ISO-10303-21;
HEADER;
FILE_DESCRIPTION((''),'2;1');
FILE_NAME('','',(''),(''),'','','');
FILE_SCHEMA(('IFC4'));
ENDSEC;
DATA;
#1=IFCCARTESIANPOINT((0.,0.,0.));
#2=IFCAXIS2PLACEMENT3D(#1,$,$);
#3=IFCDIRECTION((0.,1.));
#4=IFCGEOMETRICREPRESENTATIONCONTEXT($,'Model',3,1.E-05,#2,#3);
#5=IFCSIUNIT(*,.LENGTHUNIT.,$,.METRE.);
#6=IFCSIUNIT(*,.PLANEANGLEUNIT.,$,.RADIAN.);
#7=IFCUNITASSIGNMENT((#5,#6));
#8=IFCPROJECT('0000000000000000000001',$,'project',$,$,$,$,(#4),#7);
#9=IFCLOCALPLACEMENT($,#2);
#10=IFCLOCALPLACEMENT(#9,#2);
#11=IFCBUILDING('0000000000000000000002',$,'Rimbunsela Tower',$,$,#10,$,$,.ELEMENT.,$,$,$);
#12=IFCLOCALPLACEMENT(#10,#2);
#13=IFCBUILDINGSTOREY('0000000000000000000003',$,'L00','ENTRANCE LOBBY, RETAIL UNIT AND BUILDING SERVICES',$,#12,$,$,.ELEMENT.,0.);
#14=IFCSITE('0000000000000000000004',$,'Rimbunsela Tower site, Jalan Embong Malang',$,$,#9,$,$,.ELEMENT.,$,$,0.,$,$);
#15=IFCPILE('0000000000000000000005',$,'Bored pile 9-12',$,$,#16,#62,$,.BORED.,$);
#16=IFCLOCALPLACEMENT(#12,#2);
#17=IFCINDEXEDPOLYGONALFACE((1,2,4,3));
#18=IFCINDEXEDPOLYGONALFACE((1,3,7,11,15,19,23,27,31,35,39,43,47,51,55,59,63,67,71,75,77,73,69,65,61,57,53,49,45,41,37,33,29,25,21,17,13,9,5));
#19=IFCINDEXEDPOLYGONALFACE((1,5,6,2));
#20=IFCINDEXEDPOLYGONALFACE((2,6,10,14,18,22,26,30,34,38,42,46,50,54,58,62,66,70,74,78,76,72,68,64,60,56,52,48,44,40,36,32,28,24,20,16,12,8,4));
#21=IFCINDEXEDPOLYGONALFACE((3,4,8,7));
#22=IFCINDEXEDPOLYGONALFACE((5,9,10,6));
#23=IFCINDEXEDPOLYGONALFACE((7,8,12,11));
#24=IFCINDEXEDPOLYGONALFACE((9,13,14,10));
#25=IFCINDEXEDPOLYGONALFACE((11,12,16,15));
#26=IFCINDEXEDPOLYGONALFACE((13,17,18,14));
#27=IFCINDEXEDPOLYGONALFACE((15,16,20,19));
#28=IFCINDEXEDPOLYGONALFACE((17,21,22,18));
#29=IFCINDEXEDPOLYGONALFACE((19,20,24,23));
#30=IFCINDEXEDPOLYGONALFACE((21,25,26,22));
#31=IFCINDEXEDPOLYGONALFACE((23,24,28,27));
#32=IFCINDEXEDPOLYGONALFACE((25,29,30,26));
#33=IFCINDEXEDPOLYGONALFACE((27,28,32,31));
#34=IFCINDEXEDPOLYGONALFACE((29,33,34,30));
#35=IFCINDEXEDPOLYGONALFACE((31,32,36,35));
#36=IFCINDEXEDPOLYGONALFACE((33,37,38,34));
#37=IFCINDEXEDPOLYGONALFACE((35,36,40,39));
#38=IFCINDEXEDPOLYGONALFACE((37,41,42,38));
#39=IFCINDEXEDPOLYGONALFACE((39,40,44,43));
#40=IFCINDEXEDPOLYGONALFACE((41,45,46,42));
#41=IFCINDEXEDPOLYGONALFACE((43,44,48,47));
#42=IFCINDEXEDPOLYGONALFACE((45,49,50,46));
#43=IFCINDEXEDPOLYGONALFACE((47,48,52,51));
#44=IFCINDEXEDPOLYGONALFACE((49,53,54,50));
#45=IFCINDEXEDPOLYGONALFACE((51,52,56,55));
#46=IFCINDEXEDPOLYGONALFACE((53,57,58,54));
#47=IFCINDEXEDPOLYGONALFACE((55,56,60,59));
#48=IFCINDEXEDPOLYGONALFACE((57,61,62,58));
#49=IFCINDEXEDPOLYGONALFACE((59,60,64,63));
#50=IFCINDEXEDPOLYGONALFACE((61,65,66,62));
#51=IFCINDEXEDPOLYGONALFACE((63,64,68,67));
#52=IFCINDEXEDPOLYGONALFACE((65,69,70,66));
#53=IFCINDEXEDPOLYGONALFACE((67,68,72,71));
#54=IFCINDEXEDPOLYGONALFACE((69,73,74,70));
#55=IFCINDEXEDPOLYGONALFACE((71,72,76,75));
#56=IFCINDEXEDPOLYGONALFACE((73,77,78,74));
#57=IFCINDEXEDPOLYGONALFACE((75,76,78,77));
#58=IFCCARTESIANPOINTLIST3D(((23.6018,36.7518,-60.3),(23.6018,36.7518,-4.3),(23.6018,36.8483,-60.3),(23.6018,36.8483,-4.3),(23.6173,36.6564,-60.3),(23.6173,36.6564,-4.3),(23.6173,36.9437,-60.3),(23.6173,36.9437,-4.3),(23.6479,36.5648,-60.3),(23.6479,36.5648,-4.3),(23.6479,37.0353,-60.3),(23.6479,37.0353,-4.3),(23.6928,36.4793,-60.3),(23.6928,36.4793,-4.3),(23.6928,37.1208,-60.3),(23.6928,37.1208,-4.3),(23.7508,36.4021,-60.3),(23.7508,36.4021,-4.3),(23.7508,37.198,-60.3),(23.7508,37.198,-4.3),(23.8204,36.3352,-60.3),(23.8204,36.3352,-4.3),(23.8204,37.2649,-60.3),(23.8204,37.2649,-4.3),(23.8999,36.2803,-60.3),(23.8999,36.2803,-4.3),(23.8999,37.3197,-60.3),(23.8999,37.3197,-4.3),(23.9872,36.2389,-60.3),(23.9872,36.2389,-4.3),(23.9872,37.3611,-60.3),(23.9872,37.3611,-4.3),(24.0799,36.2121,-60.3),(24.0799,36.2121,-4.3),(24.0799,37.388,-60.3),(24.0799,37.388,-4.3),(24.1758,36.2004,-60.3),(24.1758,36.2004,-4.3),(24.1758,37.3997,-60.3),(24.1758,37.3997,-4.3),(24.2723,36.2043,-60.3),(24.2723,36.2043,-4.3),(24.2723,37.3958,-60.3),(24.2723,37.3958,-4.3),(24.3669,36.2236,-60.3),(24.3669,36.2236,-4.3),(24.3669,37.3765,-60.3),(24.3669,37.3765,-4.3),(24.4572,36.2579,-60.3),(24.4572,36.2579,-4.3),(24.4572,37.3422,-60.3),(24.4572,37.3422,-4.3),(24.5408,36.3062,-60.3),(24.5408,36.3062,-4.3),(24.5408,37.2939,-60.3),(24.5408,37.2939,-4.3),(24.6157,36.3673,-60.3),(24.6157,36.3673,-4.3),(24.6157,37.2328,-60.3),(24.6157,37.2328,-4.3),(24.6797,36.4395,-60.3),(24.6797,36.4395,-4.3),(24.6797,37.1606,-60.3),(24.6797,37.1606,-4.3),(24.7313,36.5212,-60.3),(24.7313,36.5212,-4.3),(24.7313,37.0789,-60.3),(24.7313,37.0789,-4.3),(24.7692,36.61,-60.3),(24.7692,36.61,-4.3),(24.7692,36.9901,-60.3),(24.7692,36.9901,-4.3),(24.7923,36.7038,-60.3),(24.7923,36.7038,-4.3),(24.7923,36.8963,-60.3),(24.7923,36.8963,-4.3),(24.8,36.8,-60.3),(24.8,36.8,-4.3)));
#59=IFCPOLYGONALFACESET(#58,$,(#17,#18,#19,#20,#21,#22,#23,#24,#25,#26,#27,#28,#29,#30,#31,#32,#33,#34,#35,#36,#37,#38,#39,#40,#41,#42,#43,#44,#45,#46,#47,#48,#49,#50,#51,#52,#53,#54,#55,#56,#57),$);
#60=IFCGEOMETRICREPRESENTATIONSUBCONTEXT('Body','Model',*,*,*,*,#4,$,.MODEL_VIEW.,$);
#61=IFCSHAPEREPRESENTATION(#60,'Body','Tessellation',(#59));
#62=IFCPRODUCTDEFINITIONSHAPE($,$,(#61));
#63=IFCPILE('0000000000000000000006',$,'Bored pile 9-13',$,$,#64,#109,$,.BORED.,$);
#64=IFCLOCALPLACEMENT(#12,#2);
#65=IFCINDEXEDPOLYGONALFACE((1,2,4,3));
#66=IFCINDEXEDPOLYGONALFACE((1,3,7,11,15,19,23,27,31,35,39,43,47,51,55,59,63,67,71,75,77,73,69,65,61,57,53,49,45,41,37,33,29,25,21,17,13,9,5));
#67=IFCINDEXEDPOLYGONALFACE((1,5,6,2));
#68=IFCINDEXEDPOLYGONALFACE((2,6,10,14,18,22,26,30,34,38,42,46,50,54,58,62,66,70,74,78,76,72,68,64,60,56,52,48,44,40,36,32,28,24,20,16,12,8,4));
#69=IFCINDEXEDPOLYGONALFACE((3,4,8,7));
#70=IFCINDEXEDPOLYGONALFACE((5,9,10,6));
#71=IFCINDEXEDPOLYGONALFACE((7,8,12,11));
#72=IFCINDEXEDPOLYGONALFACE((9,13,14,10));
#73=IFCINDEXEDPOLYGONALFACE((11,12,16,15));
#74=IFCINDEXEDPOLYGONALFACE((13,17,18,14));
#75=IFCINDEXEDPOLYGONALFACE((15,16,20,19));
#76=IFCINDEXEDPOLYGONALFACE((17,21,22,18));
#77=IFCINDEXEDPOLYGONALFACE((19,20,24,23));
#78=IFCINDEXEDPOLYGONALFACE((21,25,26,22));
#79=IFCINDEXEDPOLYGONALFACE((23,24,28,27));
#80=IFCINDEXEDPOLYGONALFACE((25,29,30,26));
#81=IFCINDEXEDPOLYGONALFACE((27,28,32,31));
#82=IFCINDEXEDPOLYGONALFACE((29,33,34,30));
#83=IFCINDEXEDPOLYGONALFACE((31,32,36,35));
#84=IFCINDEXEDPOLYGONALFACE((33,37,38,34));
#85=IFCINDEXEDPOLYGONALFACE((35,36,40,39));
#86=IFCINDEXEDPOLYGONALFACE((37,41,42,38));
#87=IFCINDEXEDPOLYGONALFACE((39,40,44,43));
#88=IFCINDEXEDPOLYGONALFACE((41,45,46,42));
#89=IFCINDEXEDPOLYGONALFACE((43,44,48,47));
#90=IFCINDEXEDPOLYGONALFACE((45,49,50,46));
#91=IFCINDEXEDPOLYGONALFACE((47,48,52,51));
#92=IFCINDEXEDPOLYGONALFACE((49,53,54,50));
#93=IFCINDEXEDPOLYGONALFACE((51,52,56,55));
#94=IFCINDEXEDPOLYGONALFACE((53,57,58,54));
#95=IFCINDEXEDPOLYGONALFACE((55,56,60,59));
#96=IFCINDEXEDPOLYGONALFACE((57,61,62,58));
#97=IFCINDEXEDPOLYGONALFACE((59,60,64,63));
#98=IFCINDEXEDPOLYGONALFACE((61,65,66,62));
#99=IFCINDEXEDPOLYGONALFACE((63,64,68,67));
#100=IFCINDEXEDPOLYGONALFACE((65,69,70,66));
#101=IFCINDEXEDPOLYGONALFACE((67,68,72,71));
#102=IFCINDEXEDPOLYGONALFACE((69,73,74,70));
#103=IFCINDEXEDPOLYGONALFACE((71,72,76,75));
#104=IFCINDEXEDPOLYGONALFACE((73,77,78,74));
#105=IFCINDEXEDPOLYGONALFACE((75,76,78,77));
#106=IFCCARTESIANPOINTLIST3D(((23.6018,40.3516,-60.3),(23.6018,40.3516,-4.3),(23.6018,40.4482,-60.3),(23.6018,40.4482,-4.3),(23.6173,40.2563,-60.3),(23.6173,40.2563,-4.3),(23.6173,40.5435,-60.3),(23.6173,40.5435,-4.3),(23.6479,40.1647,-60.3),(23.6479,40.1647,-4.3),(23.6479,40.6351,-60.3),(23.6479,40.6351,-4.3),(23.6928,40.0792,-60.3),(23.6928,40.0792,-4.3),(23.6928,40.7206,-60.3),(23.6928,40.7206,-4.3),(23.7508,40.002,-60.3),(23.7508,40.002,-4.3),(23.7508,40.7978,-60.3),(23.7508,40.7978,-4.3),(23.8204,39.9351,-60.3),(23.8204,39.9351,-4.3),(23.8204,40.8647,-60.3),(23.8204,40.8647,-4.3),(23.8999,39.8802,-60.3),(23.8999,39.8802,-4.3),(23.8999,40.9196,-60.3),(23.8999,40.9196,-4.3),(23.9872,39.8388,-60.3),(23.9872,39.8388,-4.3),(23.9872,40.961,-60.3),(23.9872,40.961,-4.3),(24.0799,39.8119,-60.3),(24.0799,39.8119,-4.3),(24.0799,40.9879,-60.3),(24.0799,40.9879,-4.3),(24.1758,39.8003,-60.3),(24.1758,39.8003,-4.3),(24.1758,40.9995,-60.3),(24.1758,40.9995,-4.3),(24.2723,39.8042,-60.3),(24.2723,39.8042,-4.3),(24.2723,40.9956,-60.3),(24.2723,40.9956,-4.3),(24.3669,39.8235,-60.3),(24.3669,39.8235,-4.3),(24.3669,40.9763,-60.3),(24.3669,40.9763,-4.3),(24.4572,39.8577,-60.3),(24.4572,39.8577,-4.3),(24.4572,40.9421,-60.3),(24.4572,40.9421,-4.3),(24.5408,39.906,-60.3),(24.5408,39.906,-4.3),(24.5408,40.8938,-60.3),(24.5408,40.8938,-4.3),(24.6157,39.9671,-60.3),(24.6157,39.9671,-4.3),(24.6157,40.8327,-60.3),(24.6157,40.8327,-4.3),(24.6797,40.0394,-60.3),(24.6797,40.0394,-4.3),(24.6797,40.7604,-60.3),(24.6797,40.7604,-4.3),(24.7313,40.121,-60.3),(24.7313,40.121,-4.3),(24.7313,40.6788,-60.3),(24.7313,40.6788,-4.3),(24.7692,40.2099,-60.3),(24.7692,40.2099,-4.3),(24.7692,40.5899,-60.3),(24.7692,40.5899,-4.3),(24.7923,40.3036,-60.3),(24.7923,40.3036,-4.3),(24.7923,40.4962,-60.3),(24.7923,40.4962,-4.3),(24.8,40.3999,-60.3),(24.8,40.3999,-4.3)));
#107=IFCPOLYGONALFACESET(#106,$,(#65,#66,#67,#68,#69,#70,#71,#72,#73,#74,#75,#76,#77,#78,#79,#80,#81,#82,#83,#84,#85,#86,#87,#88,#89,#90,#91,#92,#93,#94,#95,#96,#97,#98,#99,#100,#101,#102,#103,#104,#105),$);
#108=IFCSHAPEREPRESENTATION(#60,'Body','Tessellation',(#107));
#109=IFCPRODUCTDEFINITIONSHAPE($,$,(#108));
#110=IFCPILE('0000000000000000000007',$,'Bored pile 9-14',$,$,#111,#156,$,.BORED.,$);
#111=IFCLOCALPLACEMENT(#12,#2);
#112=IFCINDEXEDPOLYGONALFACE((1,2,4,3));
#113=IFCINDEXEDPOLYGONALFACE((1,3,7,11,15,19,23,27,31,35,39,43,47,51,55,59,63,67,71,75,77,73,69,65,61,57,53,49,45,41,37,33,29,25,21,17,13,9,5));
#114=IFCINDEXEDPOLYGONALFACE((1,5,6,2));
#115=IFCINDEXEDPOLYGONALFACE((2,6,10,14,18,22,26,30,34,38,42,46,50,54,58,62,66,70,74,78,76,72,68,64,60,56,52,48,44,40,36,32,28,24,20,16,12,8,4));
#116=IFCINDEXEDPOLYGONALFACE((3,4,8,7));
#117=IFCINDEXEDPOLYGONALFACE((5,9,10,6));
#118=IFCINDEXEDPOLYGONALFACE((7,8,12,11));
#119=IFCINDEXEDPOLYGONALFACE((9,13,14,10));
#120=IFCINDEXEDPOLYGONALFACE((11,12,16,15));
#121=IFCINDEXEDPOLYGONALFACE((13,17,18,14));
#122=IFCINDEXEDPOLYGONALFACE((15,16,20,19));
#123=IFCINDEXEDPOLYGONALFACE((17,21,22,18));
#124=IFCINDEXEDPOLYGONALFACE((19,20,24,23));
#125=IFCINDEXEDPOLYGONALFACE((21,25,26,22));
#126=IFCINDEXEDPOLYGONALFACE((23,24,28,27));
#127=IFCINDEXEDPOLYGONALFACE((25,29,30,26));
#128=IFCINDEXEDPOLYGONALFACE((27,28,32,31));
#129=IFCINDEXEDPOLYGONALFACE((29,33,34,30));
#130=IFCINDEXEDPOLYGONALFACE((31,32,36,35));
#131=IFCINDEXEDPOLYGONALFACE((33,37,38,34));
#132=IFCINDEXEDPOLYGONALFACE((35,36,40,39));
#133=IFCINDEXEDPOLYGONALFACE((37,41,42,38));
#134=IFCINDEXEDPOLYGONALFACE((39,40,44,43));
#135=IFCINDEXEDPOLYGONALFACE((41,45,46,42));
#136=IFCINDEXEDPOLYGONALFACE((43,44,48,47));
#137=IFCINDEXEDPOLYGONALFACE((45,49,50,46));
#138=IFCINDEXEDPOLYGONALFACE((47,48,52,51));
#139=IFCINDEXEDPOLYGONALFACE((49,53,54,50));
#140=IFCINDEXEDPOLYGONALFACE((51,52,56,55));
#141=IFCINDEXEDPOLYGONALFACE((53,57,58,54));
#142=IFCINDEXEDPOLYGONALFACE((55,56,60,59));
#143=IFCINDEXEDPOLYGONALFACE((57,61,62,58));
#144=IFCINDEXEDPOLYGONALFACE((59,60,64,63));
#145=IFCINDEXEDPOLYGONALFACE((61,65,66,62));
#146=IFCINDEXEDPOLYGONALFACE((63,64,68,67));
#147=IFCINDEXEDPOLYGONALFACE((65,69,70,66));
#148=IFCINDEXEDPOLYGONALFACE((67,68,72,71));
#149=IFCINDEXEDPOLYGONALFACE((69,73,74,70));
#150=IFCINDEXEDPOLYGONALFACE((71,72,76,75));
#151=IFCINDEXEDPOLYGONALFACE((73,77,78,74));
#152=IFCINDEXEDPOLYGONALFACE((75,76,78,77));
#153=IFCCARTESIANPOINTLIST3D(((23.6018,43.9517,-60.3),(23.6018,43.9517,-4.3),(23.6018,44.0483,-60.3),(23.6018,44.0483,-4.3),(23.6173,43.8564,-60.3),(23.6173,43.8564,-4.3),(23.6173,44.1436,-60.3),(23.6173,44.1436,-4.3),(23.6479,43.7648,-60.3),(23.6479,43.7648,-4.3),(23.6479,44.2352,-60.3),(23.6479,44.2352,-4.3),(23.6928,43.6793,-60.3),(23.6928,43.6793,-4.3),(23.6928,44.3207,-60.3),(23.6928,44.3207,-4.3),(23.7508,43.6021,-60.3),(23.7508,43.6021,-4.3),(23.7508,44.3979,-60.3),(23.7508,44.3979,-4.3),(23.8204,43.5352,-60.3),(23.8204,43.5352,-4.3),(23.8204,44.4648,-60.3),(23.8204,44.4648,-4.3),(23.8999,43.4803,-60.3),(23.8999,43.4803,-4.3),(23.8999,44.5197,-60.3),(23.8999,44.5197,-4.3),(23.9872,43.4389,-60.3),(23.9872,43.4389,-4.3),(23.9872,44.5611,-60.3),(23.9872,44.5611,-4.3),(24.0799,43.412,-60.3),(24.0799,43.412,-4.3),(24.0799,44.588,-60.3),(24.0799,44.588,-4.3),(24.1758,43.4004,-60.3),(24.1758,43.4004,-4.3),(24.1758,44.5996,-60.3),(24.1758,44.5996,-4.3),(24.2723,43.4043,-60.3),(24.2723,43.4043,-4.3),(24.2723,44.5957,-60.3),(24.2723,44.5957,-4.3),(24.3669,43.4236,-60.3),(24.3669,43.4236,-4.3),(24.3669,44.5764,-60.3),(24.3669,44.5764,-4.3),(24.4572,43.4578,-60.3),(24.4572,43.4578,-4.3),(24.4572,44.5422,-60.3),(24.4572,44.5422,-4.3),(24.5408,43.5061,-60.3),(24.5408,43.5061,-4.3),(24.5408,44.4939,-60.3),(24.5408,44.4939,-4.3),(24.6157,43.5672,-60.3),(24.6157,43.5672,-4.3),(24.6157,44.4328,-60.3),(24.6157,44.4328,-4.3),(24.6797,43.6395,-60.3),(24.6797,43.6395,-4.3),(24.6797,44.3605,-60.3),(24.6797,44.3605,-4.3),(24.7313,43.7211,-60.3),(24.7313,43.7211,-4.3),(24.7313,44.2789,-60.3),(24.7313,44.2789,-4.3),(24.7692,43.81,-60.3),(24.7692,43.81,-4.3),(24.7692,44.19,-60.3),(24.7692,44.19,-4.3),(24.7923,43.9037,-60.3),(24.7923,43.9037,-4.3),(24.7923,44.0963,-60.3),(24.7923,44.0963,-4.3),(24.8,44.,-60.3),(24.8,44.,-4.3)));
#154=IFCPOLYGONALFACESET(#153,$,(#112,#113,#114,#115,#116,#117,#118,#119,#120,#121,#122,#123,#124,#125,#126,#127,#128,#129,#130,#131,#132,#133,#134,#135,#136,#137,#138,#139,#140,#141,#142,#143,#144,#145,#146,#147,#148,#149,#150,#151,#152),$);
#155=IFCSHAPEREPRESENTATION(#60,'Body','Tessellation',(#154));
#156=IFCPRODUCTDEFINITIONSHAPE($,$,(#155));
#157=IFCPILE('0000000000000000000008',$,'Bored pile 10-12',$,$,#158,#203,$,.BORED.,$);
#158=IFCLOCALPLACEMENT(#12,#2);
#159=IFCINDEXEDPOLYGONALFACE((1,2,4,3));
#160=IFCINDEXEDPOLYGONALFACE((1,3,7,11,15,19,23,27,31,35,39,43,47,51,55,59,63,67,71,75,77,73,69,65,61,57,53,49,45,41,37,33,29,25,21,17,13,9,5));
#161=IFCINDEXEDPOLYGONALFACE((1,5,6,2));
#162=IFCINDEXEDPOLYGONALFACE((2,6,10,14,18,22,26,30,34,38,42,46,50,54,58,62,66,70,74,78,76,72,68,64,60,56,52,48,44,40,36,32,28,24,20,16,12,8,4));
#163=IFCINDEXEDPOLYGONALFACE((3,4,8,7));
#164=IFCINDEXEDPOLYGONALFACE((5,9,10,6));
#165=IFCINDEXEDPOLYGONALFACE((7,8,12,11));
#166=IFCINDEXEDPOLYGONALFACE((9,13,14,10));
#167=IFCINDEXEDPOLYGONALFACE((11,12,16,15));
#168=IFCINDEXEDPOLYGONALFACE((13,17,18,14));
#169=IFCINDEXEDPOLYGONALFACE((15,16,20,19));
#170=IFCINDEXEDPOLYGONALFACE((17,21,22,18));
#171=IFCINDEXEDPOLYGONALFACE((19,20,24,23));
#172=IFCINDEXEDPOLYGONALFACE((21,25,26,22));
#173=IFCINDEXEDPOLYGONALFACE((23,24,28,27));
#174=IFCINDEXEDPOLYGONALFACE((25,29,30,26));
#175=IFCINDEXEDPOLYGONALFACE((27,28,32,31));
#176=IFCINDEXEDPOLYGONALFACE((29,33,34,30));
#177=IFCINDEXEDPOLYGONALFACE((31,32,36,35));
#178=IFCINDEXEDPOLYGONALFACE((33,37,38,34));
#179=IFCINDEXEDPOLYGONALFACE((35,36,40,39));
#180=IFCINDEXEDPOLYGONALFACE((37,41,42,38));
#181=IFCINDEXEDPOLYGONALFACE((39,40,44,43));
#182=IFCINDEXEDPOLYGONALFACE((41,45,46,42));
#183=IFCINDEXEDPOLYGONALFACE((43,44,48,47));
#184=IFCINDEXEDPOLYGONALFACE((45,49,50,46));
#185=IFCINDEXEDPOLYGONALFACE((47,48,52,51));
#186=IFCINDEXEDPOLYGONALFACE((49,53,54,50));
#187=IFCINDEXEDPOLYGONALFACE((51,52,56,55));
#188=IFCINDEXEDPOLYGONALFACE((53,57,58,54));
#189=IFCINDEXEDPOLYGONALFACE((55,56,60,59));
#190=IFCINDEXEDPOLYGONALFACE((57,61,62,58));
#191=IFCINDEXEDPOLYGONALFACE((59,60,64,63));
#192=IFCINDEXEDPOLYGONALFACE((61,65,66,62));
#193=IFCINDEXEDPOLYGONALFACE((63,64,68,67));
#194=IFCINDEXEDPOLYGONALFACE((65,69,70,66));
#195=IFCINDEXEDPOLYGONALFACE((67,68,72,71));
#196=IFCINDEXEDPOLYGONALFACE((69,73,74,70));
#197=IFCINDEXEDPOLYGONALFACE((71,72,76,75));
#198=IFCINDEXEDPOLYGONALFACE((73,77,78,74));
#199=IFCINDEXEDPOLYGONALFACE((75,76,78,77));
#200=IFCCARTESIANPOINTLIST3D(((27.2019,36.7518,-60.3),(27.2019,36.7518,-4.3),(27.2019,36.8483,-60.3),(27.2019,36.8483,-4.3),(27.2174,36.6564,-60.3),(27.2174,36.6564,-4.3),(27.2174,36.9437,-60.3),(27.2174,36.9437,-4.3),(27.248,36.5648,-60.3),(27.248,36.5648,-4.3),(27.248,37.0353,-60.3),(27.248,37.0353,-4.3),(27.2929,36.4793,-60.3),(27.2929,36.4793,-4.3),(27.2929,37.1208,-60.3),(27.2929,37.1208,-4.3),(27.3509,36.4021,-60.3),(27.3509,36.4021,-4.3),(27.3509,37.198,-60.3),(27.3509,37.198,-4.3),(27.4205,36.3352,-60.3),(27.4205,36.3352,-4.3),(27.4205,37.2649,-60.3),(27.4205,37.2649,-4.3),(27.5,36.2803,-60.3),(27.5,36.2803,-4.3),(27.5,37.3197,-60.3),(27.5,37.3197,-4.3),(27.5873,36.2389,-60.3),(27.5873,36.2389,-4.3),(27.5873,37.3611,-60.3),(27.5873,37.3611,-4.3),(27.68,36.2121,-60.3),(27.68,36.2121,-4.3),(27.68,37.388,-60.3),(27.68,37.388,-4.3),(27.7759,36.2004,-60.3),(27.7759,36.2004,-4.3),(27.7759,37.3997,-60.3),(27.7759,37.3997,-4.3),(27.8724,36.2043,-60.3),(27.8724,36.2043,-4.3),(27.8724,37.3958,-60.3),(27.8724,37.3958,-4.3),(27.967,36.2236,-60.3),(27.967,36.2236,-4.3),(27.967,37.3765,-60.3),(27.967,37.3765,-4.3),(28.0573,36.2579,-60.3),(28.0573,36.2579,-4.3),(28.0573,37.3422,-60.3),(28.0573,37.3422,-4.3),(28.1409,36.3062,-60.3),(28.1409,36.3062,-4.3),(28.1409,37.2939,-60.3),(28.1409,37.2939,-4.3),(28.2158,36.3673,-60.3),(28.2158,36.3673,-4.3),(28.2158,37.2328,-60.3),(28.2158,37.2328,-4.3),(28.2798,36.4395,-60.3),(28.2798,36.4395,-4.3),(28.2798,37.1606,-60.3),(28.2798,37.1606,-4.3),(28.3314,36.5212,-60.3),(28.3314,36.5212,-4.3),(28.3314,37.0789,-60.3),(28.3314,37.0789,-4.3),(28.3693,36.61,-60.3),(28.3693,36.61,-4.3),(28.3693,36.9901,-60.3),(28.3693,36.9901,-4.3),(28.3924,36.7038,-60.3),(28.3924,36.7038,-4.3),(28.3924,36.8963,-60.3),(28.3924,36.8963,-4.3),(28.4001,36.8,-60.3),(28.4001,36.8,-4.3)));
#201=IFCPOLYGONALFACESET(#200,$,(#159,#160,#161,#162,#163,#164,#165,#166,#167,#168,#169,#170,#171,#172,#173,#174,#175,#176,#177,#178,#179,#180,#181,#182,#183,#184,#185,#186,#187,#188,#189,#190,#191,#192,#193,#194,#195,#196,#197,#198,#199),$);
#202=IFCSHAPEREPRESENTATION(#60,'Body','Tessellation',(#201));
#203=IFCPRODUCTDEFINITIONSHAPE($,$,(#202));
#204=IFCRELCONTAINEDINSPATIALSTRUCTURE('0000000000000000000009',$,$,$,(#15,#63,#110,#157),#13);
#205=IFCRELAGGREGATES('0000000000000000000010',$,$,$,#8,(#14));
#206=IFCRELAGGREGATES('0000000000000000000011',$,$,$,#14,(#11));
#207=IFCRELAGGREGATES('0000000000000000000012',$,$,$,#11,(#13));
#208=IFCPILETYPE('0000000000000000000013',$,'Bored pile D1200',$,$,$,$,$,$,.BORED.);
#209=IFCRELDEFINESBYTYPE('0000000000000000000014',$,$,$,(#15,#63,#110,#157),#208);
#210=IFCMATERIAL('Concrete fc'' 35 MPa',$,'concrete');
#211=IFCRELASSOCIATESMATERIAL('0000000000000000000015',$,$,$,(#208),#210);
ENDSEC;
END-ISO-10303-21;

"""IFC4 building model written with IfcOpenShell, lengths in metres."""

from ifc_helpers import new_model, si_unit, direction, frame, origin, origin_2d, place, context, subcontext, project, spatial, circle, extrude, material, material_profile, profile_set, type_object, element, save


model = new_model("IFC4")

# Units and contexts
model_context = context("Model", 3, precision=1e-05, world=origin(), true_north=direction((0.0, 1.0)))
body_context = subcontext(model_context, "Body", "Model", "MODEL_VIEW")
ifc_project = project(units=[si_unit("LENGTHUNIT", "METRE"), si_unit("PLANEANGLEUNIT", "RADIAN")], contexts=[model_context])

# Site, building, storey
site_placement = place(None, origin())
site = spatial("IfcSite", under=ifc_project, at=site_placement, Name="Rimbunsela Tower site, Jalan Embong Malang", CompositionType="ELEMENT", RefElevation=0.0)
building_placement = place(site_placement, origin())
building = spatial("IfcBuilding", under=site, at=building_placement, Name="Rimbunsela Tower", CompositionType="ELEMENT")
storey_placement = place(building_placement, origin())
storey = spatial("IfcBuildingStorey", under=building, at=storey_placement, Name="L00", Description="ENTRANCE LOBBY, RETAIL UNIT AND BUILDING SERVICES", CompositionType="ELEMENT", Elevation=0.0)

# Piles
ifc_material_1 = material(Name="Concrete fc' 35 MPa", Category="concrete")
ifc_material_profile_1 = material_profile(ifc_material_1, circle(Radius=0.6001, at=origin_2d()), Name="BP D1200")
ifc_profile_set_1 = profile_set([ifc_material_profile_1], Name="Concrete fc' 35 MPa")
pile_type = type_object("IfcPileType", Name="Bored pile D1200", PredefinedType="BORED", material=ifc_profile_set_1)
for number, where, z_axis, x_axis, name in (
    (1, (24.2, 36.8, -4.3), (0.0, 0.0, -1.0), (1.0, 0.0, 0.0), "Bored pile 9-12"),
    (2, (24.2, 40.3999, -4.3), (0.0, 0.0, -1.0), (1.0, 0.0, 0.0), "Bored pile 9-13"),
    (3, (24.2, 44.0, -4.3), (0.0, 0.0, -1.0), (1.0, 0.0, 0.0), "Bored pile 9-14"),
    (4, (27.8, 36.8, -4.3), (0.0, 0.0, -1.0), (1.0, 0.0, 0.0), "Bored pile 10-12"),
):
    element("IfcPile", number, at=place(storey_placement, frame(where, z_axis=z_axis, x_axis=x_axis)), inside=storey, type_object=pile_type, Name=name, PredefinedType="BORED", context=body_context, shape_type="SweptSolid", body=[
        extrude(circle(Radius=0.6001, at=origin_2d()), origin(), (0.0, 0.0, 1.0), 56.0),
    ])

save(model, "model.ifc")
